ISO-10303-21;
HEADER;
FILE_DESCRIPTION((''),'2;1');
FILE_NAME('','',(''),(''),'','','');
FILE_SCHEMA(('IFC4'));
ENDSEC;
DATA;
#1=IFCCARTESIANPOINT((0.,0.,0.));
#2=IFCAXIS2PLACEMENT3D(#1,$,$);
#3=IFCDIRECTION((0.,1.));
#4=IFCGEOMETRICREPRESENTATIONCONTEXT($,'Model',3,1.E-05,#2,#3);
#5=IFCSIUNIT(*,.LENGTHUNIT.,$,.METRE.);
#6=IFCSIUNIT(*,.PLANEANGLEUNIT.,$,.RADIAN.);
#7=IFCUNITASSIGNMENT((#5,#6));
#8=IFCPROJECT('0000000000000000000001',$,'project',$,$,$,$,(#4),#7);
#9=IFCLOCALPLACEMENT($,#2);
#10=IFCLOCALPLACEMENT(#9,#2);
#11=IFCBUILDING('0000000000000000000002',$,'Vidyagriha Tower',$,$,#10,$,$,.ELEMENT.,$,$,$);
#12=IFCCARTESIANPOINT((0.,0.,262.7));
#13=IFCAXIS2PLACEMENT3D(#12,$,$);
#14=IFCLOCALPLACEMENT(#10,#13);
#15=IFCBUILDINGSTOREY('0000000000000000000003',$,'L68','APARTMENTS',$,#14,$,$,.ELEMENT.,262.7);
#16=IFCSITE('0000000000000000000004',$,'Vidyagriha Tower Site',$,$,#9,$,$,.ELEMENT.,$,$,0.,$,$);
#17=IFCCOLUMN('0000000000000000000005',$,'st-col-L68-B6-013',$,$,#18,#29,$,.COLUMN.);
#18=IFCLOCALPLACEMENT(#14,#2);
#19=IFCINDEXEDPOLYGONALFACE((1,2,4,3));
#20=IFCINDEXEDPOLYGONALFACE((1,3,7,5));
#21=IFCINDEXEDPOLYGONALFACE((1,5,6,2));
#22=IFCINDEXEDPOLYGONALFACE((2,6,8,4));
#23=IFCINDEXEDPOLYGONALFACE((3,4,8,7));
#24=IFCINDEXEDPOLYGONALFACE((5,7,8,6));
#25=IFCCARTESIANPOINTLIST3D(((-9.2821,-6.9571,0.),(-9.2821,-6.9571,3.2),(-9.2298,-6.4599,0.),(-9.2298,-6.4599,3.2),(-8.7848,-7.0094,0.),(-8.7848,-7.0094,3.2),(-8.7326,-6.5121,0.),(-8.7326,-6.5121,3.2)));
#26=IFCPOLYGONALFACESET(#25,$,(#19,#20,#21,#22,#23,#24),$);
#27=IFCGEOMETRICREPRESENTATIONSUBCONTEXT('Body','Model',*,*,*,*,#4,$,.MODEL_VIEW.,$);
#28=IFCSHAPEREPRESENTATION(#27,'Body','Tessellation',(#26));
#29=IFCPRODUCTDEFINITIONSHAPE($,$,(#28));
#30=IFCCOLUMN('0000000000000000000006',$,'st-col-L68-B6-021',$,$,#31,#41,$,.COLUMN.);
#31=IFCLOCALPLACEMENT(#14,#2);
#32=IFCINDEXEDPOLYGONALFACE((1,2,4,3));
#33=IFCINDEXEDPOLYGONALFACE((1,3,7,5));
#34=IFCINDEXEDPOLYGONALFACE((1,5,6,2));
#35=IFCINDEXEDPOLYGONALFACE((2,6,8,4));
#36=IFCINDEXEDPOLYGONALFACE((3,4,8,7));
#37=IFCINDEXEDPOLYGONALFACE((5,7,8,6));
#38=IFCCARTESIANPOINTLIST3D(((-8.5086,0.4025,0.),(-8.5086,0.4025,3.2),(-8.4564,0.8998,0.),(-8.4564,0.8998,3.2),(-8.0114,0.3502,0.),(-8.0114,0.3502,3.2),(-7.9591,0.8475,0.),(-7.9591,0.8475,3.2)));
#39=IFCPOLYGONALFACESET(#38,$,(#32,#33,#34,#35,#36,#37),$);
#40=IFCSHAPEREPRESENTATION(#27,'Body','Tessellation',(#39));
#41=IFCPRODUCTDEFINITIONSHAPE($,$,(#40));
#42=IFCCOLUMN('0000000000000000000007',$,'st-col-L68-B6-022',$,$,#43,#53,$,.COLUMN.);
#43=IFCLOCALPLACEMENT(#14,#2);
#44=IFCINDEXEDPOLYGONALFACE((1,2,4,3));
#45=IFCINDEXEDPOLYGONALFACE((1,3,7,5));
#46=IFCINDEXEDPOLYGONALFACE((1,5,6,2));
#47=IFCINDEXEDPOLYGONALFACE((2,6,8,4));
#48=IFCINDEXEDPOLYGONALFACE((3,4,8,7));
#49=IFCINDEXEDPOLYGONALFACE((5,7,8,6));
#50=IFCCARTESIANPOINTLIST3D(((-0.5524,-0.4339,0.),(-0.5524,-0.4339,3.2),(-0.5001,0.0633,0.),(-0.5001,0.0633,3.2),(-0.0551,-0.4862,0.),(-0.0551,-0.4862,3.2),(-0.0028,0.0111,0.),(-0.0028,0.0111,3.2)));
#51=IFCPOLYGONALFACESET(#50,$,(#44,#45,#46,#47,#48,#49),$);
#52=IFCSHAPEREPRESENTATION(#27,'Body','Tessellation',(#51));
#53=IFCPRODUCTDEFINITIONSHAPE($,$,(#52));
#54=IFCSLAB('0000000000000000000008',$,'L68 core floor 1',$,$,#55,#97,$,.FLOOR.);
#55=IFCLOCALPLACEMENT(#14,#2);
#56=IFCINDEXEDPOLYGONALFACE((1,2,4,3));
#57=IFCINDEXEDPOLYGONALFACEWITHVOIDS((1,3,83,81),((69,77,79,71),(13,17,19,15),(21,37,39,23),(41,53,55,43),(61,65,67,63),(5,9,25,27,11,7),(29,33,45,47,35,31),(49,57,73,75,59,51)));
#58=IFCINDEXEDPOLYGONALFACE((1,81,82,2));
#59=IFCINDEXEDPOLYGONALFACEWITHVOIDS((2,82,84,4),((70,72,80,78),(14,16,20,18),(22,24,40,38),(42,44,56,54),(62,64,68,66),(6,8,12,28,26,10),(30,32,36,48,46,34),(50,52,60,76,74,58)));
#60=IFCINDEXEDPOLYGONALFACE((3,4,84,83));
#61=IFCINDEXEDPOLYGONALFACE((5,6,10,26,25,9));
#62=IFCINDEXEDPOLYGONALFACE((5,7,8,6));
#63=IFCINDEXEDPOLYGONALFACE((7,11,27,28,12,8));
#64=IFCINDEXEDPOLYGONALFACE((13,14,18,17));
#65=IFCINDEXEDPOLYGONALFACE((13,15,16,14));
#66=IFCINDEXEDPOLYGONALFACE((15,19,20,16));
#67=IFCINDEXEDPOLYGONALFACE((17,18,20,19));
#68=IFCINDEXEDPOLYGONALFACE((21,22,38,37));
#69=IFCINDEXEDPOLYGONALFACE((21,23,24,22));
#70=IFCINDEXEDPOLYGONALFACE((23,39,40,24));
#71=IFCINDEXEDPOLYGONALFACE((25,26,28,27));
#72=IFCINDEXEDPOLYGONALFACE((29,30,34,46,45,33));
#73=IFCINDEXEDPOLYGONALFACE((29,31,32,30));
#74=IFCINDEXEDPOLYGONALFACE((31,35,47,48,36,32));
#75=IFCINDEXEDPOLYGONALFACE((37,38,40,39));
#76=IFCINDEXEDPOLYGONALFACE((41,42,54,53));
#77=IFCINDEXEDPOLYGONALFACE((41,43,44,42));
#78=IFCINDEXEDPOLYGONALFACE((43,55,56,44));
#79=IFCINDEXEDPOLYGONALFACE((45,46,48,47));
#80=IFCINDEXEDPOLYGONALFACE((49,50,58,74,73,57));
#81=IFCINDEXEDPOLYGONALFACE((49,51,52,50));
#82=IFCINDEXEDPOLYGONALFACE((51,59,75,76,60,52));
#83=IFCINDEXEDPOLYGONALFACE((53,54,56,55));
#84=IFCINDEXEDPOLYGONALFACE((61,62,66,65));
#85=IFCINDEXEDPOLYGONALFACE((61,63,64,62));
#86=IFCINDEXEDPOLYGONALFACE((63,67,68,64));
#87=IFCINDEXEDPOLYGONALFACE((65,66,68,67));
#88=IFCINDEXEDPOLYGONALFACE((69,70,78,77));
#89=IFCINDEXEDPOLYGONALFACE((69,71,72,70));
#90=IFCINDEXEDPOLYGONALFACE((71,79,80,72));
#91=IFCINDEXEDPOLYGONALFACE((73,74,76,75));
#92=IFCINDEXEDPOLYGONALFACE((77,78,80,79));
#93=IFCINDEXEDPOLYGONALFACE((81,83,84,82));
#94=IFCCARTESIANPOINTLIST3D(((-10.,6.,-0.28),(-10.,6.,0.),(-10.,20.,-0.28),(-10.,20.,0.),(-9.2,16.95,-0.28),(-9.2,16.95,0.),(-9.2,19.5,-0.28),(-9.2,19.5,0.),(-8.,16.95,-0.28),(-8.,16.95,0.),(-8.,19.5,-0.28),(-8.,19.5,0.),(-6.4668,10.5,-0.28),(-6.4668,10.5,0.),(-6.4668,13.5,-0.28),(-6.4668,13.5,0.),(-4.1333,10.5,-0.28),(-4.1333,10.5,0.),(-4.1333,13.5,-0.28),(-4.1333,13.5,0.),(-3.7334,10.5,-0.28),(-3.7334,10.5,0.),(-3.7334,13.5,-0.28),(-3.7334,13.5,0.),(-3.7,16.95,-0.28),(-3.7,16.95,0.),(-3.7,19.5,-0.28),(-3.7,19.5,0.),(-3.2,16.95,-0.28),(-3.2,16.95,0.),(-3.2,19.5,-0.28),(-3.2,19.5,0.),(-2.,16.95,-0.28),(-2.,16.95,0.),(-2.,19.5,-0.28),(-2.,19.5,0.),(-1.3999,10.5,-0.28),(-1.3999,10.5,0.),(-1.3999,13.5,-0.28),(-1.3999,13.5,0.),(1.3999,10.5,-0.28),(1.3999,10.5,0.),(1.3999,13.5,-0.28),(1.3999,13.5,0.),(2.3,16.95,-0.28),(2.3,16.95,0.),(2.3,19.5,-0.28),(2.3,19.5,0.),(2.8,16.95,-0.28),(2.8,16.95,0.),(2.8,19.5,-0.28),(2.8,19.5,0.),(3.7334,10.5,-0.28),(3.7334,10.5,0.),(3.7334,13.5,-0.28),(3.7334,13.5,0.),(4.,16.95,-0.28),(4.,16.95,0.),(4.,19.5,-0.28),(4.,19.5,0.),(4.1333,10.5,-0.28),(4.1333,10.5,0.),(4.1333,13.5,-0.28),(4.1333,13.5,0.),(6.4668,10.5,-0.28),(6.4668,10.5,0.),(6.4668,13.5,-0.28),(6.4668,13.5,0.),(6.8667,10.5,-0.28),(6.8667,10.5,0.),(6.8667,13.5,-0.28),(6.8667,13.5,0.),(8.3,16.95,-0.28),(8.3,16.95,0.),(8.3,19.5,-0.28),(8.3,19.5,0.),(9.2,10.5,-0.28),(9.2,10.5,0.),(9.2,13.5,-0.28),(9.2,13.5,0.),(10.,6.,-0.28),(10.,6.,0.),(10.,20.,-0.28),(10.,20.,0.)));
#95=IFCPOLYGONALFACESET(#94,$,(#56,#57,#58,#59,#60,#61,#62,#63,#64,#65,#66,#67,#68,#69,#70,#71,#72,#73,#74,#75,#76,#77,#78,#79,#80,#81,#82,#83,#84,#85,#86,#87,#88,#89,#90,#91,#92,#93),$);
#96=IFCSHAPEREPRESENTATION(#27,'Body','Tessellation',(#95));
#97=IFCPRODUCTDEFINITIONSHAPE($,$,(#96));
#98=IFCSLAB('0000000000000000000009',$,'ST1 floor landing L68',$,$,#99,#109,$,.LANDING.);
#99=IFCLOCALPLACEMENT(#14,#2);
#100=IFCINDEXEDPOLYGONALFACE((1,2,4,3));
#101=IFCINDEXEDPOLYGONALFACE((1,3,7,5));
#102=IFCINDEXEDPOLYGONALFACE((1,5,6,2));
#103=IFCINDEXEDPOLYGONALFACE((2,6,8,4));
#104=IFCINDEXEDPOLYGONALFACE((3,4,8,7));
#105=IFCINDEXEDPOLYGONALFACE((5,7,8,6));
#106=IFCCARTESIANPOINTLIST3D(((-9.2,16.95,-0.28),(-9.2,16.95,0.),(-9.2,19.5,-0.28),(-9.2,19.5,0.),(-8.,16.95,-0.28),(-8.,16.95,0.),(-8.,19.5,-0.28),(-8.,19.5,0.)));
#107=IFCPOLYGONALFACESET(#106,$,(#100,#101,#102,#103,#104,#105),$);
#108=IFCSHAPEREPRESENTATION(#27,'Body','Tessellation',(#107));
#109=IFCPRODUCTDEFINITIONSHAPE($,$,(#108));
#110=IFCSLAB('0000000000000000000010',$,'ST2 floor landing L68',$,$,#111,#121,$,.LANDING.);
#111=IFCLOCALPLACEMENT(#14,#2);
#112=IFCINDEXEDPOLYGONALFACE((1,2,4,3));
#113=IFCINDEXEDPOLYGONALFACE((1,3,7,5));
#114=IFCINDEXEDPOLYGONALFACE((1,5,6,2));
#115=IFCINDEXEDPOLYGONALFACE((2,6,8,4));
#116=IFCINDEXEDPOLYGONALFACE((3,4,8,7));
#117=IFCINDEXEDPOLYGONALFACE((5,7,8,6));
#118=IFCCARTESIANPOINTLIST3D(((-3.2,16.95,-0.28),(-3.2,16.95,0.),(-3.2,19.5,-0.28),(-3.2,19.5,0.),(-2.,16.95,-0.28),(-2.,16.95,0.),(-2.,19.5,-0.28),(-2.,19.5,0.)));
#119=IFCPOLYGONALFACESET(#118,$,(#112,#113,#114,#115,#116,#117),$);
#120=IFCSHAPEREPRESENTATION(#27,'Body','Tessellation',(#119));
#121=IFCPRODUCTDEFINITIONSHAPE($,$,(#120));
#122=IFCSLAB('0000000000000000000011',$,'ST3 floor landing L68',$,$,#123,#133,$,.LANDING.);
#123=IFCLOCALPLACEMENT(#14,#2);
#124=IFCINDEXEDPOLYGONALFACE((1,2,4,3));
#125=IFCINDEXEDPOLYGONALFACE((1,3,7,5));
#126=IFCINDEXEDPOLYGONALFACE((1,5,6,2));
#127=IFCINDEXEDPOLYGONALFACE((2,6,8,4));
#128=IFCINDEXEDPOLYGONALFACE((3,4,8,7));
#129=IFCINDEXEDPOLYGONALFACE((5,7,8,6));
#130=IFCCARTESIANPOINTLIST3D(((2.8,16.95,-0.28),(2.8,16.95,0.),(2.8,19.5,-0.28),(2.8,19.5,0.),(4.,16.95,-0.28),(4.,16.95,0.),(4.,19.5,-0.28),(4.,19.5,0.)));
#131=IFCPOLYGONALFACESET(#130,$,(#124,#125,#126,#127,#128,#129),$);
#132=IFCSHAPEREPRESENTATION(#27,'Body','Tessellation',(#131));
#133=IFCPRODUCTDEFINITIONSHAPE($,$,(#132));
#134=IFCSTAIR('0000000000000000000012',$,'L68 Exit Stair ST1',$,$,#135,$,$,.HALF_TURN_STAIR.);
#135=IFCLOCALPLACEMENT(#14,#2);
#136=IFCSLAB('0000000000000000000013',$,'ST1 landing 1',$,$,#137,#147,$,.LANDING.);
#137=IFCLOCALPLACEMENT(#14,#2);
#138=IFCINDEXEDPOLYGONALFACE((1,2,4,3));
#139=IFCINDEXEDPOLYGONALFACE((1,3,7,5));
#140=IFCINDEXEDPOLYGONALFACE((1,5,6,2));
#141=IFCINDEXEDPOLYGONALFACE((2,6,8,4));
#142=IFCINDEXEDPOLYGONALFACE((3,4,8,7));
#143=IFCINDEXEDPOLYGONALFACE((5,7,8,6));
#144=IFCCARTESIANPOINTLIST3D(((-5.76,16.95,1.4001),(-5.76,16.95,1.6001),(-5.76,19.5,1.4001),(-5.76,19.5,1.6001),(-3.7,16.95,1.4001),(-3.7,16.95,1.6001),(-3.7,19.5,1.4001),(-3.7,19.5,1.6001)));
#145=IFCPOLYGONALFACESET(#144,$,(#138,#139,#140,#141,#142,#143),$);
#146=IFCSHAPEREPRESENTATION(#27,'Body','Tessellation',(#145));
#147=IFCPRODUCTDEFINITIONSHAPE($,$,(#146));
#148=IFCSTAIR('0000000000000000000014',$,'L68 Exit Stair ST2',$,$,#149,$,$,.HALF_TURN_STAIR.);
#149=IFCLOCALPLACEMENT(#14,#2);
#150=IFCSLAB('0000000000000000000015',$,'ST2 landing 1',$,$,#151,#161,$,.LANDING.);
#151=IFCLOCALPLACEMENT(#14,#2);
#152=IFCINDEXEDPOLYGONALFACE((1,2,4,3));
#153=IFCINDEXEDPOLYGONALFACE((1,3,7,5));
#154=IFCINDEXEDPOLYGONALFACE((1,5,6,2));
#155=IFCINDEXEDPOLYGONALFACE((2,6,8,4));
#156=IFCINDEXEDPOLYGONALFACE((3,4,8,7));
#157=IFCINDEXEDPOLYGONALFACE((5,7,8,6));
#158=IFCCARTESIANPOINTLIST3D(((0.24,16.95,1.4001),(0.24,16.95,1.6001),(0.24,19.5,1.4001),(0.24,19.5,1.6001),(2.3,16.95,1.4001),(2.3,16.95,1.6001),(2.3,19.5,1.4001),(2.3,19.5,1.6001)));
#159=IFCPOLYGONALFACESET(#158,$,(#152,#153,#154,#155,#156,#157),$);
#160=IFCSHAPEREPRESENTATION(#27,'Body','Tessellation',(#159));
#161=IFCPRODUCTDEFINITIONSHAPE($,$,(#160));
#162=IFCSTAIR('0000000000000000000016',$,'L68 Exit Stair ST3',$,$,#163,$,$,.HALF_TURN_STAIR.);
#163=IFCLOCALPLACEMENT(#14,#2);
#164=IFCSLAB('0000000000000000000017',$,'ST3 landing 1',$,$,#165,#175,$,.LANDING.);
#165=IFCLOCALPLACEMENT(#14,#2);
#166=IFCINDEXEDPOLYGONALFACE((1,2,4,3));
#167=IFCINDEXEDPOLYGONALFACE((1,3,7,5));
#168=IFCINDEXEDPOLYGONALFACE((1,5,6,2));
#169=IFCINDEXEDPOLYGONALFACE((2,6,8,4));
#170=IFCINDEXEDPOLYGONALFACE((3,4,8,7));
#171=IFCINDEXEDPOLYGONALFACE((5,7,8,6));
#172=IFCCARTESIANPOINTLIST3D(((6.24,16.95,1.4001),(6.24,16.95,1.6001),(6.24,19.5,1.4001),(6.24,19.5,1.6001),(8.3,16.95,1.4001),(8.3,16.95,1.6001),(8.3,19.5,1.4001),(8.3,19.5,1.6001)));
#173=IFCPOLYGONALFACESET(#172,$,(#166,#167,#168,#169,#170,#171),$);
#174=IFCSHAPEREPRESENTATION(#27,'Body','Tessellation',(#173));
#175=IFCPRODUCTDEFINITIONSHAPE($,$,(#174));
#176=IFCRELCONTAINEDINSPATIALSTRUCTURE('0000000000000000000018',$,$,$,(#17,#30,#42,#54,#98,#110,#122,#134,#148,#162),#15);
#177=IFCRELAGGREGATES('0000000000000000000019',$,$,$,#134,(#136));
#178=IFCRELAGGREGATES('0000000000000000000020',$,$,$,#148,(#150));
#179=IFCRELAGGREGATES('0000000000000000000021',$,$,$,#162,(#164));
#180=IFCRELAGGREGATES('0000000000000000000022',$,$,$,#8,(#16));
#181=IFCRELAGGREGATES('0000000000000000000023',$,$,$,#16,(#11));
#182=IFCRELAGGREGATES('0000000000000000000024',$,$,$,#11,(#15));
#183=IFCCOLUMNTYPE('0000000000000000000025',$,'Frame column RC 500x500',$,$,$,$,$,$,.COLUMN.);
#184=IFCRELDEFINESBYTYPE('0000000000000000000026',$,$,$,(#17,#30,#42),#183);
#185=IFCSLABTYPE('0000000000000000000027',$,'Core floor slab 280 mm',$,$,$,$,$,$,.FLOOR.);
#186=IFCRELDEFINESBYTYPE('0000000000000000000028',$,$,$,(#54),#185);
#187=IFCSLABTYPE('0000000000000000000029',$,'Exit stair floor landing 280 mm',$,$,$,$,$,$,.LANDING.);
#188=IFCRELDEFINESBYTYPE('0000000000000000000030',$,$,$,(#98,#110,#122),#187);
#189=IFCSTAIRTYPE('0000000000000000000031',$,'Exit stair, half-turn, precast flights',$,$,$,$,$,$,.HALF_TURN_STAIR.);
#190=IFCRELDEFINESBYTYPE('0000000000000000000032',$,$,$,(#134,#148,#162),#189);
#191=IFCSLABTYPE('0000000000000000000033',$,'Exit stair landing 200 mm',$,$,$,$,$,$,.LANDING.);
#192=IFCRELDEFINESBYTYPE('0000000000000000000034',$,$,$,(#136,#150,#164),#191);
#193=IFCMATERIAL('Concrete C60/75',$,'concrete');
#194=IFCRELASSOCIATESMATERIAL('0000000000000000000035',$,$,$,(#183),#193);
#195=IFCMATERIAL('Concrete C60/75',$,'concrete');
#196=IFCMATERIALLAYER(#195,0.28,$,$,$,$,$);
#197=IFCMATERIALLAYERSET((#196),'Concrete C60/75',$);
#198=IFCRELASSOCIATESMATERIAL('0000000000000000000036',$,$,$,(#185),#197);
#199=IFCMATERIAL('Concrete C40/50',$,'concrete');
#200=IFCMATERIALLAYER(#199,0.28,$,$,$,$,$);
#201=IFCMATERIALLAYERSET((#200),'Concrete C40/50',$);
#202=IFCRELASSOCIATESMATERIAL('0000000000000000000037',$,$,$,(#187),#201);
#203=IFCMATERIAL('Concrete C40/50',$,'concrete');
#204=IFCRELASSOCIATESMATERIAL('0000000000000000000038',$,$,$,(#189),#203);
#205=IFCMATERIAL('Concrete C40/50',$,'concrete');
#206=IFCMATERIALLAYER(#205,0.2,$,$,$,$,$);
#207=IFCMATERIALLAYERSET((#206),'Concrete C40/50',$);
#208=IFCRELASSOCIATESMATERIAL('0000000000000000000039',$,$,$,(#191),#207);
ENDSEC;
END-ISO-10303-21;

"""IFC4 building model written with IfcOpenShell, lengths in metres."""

from ifc_helpers import new_model, si_unit, direction, frame, origin, origin_2d, place, context, subcontext, project, spatial, polyline, rectangle, outline, extrude, material, layer, layer_set, material_profile, profile_set, type_object, element, aggregate, save


model = new_model("IFC4")

# Units and contexts
model_context = context("Model", 3, precision=1e-05, world=origin(), true_north=direction((0.0, 1.0)))
body_context = subcontext(model_context, "Body", "Model", "MODEL_VIEW")
ifc_project = project(units=[si_unit("LENGTHUNIT", "METRE"), si_unit("PLANEANGLEUNIT", "RADIAN")], contexts=[model_context])

# Site, building, storey
site_placement = place(None, origin())
site = spatial("IfcSite", under=ifc_project, at=site_placement, Name="Vidyagriha Tower Site", CompositionType="ELEMENT", RefElevation=0.0)
building_placement = place(site_placement, origin())
building = spatial("IfcBuilding", under=site, at=building_placement, Name="Vidyagriha Tower", CompositionType="ELEMENT")
storey_placement = place(building_placement, frame((0.0, 0.0, 262.7)))
storey = spatial("IfcBuildingStorey", under=building, at=storey_placement, Name="L68", Description="APARTMENTS", CompositionType="ELEMENT", Elevation=262.7)

# Columns
ifc_material_1 = material(Name="Concrete C60/75", Category="concrete")
ifc_material_profile = material_profile(ifc_material_1, rectangle(XDim=0.5, YDim=0.5, at=origin_2d()), Name="RC 500x500")
ifc_profile_set = profile_set([ifc_material_profile], Name="Concrete C60/75")
column_type = type_object("IfcColumnType", Name="Frame column RC 500x500", PredefinedType="COLUMN", material=ifc_profile_set)
for number, where, z_axis, x_axis, name in (
    (1, (-9.0073, -6.7346, 0.0), (0.0, 0.0, 1.0), (0.994522, -0.104528, 0.0), "st-col-L68-B6-013"),
    (2, (-8.2339, 0.625, 0.0), (0.0, 0.0, 1.0), (0.994522, -0.104528, 0.0), "st-col-L68-B6-021"),
    (3, (-0.2776, -0.2114, 0.0), (0.0, 0.0, 1.0), (0.994522, -0.104528, 0.0), "st-col-L68-B6-022"),
):
    element("IfcColumn", number, at=place(storey_placement, frame(where, z_axis=z_axis, x_axis=x_axis)), inside=storey, type_object=column_type, Name=name, PredefinedType="COLUMN", context=body_context, shape_type="SweptSolid", body=[
        extrude(rectangle(XDim=0.5, YDim=0.5, at=origin_2d()), origin(), (0.0, 0.0, 1.0), 3.2),
    ])

# Slabs
ifc_material_2 = material(Name="Concrete C60/75", Category="concrete")
ifc_layer_1 = layer(ifc_material_2, 0.28)
ifc_layer_set_1 = layer_set([ifc_layer_1], Name="Concrete C60/75")
slab_type_1 = type_object("IfcSlabType", Name="Core floor slab 280 mm", PredefinedType="FLOOR", material=ifc_layer_set_1)
slab_1_placement = place(storey_placement, frame((0.0, 0.0, -0.28)))
element("IfcSlab", 4, at=slab_1_placement, inside=storey, type_object=slab_type_1, Name="L68 core floor 1", PredefinedType="FLOOR", context=body_context, shape_type="SweptSolid", body=[
    extrude(outline(polyline([(-10.0, 6.0), (-10.0, 20.0), (10.0, 20.0), (10.0, 6.0), (-10.0, 6.0)]), holes=[polyline([(6.8667, 13.5), (6.8667, 10.5), (9.2, 10.5), (9.2, 13.5), (6.8667, 13.5)]), polyline([(4.0, 19.5), (2.8, 19.5), (2.8, 16.95), (4.0, 16.95), (8.3, 16.95), (8.3, 19.5), (4.0, 19.5)]), polyline([(6.4668, 13.5), (4.1333, 13.5), (4.1333, 10.5), (6.4668, 10.5), (6.4668, 13.5)]), polyline([(3.7334, 13.5), (1.3999, 13.5), (1.3999, 10.5), (3.7334, 10.5), (3.7334, 13.5)]), polyline([(-2.0, 16.95), (2.3, 16.95), (2.3, 19.5), (-2.0, 19.5), (-3.2, 19.5), (-3.2, 16.95), (-2.0, 16.95)]), polyline([(-3.7334, 13.5), (-3.7334, 10.5), (-1.3999, 10.5), (-1.3999, 13.5), (-3.7334, 13.5)]), polyline([(-9.2, 19.5), (-9.2, 16.95), (-8.0, 16.95), (-3.7, 16.95), (-3.7, 19.5), (-8.0, 19.5), (-9.2, 19.5)]), polyline([(-6.4668, 13.5), (-6.4668, 10.5), (-4.1333, 10.5), (-4.1333, 13.5), (-6.4668, 13.5)])]), origin(), (0.0, 0.0, 1.0), 0.28),
])
ifc_material_3 = material(Name="Concrete C40/50", Category="concrete")
ifc_layer_2 = layer(ifc_material_3, 0.28)
ifc_layer_set_2 = layer_set([ifc_layer_2], Name="Concrete C40/50")
slab_type_2 = type_object("IfcSlabType", Name="Exit stair floor landing 280 mm", PredefinedType="LANDING", material=ifc_layer_set_2)
slab_2_placement = place(storey_placement, frame((0.0, 0.0, -0.28)))
element("IfcSlab", 5, at=slab_2_placement, inside=storey, type_object=slab_type_2, Name="ST1 floor landing L68", PredefinedType="LANDING", context=body_context, shape_type="SweptSolid", body=[
    extrude(outline(polyline([(-9.2, 16.95), (-8.0, 16.95), (-8.0, 19.5), (-9.2, 19.5), (-9.2, 16.95)])), origin(), (0.0, 0.0, 1.0), 0.28),
])
slab_3_placement = place(storey_placement, frame((0.0, 0.0, -0.28)))
element("IfcSlab", 6, at=slab_3_placement, inside=storey, type_object=slab_type_2, Name="ST2 floor landing L68", PredefinedType="LANDING", context=body_context, shape_type="SweptSolid", body=[
    extrude(outline(polyline([(-3.2, 16.95), (-2.0, 16.95), (-2.0, 19.5), (-3.2, 19.5), (-3.2, 16.95)])), origin(), (0.0, 0.0, 1.0), 0.28),
])
slab_4_placement = place(storey_placement, frame((0.0, 0.0, -0.28)))
element("IfcSlab", 7, at=slab_4_placement, inside=storey, type_object=slab_type_2, Name="ST3 floor landing L68", PredefinedType="LANDING", context=body_context, shape_type="SweptSolid", body=[
    extrude(outline(polyline([(2.8, 16.95), (4.0, 16.95), (4.0, 19.5), (2.8, 19.5), (2.8, 16.95)])), origin(), (0.0, 0.0, 1.0), 0.28),
])

# Stairs, slabs
ifc_material_4 = material(Name="Concrete C40/50", Category="concrete")
stair_type = type_object("IfcStairType", Name="Exit stair, half-turn, precast flights", PredefinedType="HALF_TURN_STAIR", material=ifc_material_4)
stair_1_placement = place(storey_placement, origin())
stair_1 = element("IfcStair", 8, at=stair_1_placement, inside=storey, type_object=stair_type, Name="L68 Exit Stair ST1", PredefinedType="HALF_TURN_STAIR")
ifc_material_5 = material(Name="Concrete C40/50", Category="concrete")
ifc_layer_3 = layer(ifc_material_5, 0.2)
ifc_layer_set_3 = layer_set([ifc_layer_3], Name="Concrete C40/50")
slab_type_3 = type_object("IfcSlabType", Name="Exit stair landing 200 mm", PredefinedType="LANDING", material=ifc_layer_set_3)
slab_5_placement = place(storey_placement, frame((0.0, 0.0, 1.4001)))
slab_5 = element("IfcSlab", 9, at=slab_5_placement, type_object=slab_type_3, Name="ST1 landing 1", PredefinedType="LANDING", context=body_context, shape_type="SweptSolid", body=[
    extrude(outline(polyline([(-5.76, 16.95), (-3.7, 16.95), (-3.7, 19.5), (-5.76, 19.5), (-5.76, 16.95)])), origin(), (0.0, 0.0, 1.0), 0.2),
])
aggregate(stair_1, [slab_5])
stair_2_placement = place(storey_placement, origin())
stair_2 = element("IfcStair", 10, at=stair_2_placement, inside=storey, type_object=stair_type, Name="L68 Exit Stair ST2", PredefinedType="HALF_TURN_STAIR")
slab_6_placement = place(storey_placement, frame((0.0, 0.0, 1.4001)))
slab_6 = element("IfcSlab", 11, at=slab_6_placement, type_object=slab_type_3, Name="ST2 landing 1", PredefinedType="LANDING", context=body_context, shape_type="SweptSolid", body=[
    extrude(outline(polyline([(0.24, 16.95), (2.3, 16.95), (2.3, 19.5), (0.24, 19.5), (0.24, 16.95)])), origin(), (0.0, 0.0, 1.0), 0.2),
])
aggregate(stair_2, [slab_6])
stair_3_placement = place(storey_placement, origin())
stair_3 = element("IfcStair", 12, at=stair_3_placement, inside=storey, type_object=stair_type, Name="L68 Exit Stair ST3", PredefinedType="HALF_TURN_STAIR")
slab_7_placement = place(storey_placement, frame((0.0, 0.0, 1.4001)))
slab_7 = element("IfcSlab", 13, at=slab_7_placement, type_object=slab_type_3, Name="ST3 landing 1", PredefinedType="LANDING", context=body_context, shape_type="SweptSolid", body=[
    extrude(outline(polyline([(6.24, 16.95), (8.3, 16.95), (8.3, 19.5), (6.24, 19.5), (6.24, 16.95)])), origin(), (0.0, 0.0, 1.0), 0.2),
])
aggregate(stair_3, [slab_7])

save(model, "model.ifc")
